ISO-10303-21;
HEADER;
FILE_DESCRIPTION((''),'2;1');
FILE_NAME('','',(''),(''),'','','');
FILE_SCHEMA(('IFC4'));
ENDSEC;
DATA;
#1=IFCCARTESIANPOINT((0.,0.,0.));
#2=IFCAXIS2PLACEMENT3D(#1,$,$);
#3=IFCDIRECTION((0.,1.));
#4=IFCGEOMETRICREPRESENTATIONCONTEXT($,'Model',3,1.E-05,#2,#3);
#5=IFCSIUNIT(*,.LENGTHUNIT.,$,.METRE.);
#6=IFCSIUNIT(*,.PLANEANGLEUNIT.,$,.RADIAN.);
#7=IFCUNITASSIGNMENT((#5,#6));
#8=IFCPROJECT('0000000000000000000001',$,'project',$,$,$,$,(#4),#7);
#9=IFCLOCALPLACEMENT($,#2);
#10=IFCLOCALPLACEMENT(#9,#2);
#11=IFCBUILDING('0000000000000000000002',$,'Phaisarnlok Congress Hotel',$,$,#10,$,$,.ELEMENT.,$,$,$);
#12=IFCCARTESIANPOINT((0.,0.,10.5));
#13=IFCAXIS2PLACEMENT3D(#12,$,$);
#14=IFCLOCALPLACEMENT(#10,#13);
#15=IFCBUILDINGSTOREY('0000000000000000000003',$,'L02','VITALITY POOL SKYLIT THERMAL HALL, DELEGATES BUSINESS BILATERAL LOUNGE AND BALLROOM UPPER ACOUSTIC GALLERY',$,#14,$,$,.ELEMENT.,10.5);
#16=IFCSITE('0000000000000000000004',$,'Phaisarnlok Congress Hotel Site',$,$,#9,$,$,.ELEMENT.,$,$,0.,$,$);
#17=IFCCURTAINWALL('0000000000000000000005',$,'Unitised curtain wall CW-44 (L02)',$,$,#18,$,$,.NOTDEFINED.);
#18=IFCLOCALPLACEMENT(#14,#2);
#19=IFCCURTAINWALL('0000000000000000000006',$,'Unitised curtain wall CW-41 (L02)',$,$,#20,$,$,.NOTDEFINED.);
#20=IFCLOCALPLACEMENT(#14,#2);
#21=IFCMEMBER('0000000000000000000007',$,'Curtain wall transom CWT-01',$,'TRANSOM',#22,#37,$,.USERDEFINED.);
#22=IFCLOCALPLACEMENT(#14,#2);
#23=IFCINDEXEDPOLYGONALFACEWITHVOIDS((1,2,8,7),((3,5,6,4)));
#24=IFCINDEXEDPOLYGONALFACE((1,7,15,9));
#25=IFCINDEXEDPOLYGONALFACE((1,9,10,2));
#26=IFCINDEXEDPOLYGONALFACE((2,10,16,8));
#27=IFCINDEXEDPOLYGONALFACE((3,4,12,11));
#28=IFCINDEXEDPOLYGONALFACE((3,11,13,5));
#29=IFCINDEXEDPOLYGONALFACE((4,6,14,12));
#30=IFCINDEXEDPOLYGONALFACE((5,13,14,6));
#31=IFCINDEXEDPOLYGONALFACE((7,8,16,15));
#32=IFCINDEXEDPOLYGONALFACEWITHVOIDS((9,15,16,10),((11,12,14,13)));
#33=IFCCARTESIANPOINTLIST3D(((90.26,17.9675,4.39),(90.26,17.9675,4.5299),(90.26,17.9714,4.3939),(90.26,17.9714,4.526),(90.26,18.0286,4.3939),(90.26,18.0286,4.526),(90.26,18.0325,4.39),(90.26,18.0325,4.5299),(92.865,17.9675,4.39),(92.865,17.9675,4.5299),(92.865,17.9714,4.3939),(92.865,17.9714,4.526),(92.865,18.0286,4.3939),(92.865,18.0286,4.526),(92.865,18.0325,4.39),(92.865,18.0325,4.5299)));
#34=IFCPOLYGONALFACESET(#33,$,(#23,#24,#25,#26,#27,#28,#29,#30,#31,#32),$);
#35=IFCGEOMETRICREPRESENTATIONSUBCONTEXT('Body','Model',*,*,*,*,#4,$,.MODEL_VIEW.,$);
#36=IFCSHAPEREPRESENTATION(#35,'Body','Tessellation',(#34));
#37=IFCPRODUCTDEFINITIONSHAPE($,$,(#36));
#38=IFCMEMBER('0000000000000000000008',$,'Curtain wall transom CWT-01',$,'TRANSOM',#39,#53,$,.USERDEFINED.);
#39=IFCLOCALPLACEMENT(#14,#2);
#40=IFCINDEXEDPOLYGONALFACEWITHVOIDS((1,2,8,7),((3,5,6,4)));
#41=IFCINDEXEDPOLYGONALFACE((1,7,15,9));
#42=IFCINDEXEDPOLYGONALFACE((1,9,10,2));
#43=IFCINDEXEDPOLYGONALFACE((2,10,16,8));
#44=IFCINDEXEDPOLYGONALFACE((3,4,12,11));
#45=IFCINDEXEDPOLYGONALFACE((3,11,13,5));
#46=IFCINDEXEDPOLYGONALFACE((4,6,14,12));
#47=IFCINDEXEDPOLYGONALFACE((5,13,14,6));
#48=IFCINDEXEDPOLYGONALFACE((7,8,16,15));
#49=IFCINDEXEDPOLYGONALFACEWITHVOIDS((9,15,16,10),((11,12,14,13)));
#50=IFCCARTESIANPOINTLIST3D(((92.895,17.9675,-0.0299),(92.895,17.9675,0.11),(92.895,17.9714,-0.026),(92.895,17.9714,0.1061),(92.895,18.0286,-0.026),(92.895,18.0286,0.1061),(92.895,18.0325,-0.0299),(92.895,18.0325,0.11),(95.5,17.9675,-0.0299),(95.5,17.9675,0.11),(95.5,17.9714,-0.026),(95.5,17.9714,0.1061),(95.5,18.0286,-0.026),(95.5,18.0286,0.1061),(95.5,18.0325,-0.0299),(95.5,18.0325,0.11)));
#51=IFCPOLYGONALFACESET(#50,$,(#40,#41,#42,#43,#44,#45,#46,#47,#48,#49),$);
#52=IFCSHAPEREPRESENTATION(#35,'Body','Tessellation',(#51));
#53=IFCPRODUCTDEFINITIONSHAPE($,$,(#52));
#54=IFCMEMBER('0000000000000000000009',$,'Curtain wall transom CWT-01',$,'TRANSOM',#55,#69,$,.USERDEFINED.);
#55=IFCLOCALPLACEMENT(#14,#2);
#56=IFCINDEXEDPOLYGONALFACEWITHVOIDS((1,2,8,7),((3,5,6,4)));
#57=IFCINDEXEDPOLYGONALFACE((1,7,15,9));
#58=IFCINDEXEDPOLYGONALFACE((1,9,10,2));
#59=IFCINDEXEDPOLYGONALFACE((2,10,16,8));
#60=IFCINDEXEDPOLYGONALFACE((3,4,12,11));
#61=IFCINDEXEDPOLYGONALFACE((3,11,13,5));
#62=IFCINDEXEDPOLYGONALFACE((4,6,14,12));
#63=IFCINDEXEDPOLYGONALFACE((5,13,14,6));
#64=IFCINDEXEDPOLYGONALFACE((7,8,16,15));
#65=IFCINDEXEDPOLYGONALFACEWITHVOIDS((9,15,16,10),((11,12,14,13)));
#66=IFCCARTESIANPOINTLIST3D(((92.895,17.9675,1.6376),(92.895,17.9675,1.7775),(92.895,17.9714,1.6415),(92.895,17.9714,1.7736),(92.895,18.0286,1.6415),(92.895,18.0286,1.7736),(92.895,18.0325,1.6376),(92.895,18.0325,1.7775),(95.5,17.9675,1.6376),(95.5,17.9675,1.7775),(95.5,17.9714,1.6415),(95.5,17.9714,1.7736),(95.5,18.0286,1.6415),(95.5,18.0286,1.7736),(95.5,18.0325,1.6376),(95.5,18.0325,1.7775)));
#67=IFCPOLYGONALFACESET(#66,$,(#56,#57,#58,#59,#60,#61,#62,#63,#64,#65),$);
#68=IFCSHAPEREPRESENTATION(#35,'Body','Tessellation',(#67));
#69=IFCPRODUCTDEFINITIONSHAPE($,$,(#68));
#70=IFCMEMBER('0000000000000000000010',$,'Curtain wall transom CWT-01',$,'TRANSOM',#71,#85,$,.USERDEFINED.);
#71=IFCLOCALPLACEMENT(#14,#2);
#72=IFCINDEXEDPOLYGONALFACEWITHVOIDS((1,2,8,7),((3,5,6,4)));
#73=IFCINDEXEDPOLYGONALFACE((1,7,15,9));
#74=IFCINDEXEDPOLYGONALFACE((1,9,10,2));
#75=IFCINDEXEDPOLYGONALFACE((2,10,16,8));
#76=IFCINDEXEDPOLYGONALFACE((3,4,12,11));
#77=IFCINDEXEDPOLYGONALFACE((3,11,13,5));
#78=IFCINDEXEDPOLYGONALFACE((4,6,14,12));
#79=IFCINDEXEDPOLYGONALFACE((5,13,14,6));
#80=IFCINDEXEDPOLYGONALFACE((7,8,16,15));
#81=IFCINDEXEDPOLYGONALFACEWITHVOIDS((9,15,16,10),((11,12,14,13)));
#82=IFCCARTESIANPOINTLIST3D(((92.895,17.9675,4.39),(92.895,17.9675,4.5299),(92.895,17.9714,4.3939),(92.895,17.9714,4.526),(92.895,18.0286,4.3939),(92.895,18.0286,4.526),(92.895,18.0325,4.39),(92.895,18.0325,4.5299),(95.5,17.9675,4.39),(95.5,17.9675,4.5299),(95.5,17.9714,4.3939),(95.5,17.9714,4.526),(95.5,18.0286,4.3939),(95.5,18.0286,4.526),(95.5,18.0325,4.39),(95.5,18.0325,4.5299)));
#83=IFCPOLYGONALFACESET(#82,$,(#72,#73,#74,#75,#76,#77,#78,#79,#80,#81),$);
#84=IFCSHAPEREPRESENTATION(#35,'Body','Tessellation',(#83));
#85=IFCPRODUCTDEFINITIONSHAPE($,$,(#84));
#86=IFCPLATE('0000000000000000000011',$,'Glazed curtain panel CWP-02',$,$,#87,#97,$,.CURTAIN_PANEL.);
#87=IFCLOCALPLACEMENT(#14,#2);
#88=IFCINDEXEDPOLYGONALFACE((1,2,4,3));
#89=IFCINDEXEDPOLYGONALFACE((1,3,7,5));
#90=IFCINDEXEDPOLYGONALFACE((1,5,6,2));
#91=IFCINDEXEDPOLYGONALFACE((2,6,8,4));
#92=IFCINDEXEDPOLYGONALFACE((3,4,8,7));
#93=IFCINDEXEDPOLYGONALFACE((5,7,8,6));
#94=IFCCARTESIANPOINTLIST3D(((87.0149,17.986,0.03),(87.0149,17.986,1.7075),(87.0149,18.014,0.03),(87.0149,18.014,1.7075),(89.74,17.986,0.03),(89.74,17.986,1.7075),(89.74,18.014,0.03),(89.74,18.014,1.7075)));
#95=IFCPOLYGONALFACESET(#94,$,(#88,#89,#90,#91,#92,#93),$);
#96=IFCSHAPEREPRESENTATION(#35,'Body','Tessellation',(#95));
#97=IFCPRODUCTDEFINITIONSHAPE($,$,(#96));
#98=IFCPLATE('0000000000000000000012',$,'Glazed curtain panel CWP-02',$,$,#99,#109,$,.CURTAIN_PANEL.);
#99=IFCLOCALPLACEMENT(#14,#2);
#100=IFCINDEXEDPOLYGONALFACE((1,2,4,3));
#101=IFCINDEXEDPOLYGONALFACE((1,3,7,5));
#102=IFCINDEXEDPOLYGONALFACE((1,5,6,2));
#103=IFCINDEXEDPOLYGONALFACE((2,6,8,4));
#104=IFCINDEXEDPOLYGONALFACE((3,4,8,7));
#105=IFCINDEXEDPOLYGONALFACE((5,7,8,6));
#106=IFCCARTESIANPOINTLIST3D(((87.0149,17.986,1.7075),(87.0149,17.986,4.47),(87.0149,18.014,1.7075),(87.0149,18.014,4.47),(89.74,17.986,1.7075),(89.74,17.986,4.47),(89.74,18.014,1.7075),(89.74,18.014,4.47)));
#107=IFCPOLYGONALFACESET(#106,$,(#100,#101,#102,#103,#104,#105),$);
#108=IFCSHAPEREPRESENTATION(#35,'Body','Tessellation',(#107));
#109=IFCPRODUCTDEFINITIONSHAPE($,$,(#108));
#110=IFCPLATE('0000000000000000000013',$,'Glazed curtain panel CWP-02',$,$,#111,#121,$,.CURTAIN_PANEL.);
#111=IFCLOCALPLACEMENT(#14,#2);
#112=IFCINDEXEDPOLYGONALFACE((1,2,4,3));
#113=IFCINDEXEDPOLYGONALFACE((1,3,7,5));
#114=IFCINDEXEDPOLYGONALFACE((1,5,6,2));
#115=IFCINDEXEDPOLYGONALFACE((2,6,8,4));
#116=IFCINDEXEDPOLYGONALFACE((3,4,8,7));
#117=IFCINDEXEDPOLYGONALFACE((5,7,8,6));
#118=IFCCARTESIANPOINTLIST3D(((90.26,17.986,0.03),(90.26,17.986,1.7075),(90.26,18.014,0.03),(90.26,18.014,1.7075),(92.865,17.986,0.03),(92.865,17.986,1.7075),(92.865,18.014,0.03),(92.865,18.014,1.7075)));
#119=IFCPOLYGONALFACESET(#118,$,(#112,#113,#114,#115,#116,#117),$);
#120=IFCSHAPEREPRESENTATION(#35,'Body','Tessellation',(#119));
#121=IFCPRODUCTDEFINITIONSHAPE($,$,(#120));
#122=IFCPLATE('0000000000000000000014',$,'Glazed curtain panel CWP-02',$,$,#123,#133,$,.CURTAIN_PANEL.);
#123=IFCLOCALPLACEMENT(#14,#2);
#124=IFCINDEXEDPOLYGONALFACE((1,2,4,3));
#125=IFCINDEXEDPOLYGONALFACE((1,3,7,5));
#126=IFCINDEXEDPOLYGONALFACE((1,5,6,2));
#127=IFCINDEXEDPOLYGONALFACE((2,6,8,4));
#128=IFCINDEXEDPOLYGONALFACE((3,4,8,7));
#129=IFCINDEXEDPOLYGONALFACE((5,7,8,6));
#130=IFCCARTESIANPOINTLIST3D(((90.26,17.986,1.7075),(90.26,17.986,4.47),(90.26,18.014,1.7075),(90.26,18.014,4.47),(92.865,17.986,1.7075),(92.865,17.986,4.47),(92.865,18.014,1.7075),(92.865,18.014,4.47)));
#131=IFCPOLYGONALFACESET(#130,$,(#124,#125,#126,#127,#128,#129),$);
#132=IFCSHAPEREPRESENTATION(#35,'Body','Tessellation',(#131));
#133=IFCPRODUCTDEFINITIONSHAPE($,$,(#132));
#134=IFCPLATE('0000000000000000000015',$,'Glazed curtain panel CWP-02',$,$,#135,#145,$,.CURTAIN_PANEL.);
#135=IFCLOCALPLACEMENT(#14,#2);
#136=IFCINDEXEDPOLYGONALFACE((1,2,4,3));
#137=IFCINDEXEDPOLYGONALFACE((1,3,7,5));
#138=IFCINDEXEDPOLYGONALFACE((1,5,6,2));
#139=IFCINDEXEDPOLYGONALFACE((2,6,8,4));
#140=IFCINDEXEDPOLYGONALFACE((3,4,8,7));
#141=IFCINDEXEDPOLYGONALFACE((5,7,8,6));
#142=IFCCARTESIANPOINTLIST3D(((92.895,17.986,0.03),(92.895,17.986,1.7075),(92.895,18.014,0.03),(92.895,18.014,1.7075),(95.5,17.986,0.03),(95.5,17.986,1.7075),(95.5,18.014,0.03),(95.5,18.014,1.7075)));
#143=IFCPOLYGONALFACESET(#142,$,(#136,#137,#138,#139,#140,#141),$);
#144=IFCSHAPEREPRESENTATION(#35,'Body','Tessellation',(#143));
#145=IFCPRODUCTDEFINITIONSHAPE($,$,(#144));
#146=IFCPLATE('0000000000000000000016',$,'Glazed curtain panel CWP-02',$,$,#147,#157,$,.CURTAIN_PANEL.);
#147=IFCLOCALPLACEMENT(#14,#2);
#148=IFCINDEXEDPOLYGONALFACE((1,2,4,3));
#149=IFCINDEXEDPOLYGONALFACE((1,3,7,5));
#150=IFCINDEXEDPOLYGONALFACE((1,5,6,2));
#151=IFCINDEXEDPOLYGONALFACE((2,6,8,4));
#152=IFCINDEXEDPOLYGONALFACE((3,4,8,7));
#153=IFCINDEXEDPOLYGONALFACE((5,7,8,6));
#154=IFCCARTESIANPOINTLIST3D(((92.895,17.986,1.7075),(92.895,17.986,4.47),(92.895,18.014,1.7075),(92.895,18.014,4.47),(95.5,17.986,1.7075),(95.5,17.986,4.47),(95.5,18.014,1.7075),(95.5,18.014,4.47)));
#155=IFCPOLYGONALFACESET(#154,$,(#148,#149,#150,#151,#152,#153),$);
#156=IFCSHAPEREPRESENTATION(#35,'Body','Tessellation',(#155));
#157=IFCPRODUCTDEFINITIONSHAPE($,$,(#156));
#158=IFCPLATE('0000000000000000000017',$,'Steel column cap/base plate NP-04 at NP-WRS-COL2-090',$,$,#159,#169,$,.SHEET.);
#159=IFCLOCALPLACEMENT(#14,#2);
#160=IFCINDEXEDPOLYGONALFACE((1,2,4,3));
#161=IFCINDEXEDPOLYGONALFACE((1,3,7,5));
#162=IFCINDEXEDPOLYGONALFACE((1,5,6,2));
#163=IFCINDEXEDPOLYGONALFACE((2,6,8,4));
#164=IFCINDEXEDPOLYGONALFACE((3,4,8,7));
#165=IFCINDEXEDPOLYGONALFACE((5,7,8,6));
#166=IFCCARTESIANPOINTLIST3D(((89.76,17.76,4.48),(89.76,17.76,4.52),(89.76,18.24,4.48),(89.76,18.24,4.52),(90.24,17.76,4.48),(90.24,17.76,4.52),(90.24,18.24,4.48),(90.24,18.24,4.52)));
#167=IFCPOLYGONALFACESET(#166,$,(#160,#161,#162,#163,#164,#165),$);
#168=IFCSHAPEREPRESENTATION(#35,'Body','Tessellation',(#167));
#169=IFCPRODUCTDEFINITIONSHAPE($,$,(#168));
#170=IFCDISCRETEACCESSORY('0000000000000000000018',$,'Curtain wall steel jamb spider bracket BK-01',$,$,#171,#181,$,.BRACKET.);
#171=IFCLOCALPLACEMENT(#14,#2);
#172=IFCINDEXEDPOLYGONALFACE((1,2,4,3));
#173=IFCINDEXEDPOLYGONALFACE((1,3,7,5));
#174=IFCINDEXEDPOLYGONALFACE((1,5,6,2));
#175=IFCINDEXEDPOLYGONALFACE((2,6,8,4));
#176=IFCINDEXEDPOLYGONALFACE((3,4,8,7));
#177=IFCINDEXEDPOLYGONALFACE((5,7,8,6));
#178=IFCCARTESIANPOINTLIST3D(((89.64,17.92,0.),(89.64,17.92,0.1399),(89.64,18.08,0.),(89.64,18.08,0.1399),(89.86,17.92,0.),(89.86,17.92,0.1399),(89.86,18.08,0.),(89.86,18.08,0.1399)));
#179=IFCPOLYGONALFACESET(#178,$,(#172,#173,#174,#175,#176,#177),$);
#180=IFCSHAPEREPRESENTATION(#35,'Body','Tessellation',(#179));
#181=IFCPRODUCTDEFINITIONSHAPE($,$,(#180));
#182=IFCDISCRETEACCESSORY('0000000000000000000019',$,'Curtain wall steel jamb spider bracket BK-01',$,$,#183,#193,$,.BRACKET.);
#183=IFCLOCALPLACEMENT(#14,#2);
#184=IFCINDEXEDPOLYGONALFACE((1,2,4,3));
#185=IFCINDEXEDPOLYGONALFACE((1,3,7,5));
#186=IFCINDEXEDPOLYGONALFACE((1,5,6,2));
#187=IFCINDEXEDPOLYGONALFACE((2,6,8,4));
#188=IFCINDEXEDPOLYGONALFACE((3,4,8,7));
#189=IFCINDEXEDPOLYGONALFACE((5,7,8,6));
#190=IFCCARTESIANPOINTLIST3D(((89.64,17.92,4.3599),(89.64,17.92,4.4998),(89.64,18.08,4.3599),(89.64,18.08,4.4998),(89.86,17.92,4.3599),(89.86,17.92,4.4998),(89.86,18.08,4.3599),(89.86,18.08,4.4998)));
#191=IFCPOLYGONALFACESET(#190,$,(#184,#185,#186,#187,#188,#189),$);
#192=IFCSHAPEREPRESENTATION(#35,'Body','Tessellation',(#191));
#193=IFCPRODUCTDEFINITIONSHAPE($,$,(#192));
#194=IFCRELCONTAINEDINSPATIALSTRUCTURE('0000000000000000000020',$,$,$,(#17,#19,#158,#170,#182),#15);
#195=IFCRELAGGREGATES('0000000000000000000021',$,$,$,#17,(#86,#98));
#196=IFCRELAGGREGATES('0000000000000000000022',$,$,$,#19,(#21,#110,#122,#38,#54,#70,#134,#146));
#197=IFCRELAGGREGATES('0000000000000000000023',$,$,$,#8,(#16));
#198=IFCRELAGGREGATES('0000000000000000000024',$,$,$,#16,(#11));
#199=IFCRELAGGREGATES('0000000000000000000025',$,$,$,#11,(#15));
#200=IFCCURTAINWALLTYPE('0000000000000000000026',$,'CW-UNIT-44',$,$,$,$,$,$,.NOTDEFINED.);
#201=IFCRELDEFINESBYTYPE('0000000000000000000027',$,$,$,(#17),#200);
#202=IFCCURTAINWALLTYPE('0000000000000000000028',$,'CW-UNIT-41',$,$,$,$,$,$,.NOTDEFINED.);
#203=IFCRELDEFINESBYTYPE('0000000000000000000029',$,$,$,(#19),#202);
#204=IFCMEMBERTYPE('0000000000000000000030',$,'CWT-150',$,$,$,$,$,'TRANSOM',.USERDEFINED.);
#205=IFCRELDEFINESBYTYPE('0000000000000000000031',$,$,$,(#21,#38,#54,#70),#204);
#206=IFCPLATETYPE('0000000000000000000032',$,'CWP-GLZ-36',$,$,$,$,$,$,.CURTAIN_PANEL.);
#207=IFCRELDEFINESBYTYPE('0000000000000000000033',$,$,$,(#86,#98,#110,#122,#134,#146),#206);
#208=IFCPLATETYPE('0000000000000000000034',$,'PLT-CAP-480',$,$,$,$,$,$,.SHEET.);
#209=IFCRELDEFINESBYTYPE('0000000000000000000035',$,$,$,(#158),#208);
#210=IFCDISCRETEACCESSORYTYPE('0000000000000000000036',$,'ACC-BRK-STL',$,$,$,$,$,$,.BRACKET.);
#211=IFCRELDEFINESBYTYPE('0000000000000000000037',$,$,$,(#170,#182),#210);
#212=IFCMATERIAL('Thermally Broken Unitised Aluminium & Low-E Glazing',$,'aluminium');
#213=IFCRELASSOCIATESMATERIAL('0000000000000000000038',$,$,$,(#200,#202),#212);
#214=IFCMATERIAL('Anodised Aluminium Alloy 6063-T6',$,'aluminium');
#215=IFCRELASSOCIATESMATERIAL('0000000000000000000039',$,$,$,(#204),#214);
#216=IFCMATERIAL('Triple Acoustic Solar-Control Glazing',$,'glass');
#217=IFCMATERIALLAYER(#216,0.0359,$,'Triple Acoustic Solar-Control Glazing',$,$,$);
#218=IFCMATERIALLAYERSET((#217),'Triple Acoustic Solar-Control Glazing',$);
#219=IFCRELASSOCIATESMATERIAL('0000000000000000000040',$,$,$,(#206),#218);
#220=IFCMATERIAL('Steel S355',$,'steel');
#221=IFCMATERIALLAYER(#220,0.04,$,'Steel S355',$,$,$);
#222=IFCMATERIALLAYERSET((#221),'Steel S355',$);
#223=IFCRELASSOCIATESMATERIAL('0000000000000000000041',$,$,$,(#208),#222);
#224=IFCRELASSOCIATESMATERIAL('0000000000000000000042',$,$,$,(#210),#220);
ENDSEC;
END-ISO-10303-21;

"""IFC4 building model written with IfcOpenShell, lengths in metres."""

from ifc_helpers import new_model, si_unit, direction, frame, frame_2d, origin, origin_2d, place, context, subcontext, project, spatial, rectangle, hollow_rectangle, extrude, material, layer, layer_set, material_profile, profile_set, type_object, element, aggregate, save


model = new_model("IFC4")

# Units and contexts
model_context = context("Model", 3, precision=1e-05, world=origin(), true_north=direction((0.0, 1.0)))
body_context = subcontext(model_context, "Body", "Model", "MODEL_VIEW")
ifc_project = project(units=[si_unit("LENGTHUNIT", "METRE"), si_unit("PLANEANGLEUNIT", "RADIAN")], contexts=[model_context])

# Site, building, storey
site_placement = place(None, origin())
site = spatial("IfcSite", under=ifc_project, at=site_placement, Name="Phaisarnlok Congress Hotel Site", CompositionType="ELEMENT", RefElevation=0.0)
building_placement = place(site_placement, origin())
building = spatial("IfcBuilding", under=site, at=building_placement, Name="Phaisarnlok Congress Hotel", CompositionType="ELEMENT")
storey_placement = place(building_placement, frame((0.0, 0.0, 10.5)))
storey = spatial("IfcBuildingStorey", under=building, at=storey_placement, Name="L02", Description="VITALITY POOL SKYLIT THERMAL HALL, DELEGATES BUSINESS BILATERAL LOUNGE AND BALLROOM UPPER ACOUSTIC GALLERY", CompositionType="ELEMENT", Elevation=10.5)

# Shared definitions
ifc_material_1 = material(Name="Steel S355", Category="steel")

# Curtain wall
ifc_material_2 = material(Name="Thermally Broken Unitised Aluminium & Low-E Glazing", Category="aluminium")
curtain_wall_type_1 = type_object("IfcCurtainWallType", Name="CW-UNIT-44", PredefinedType="NOTDEFINED", material=ifc_material_2)
curtain_wall_1_placement = place(storey_placement, origin())
curtain_wall_1 = element("IfcCurtainWall", 1, at=curtain_wall_1_placement, inside=storey, type_object=curtain_wall_type_1, Name="Unitised curtain wall CW-44 (L02)", PredefinedType="NOTDEFINED")
ifc_material_3 = material(Name="Anodised Aluminium Alloy 6063-T6", Category="aluminium")

# Curtain wall
curtain_wall_type_2 = type_object("IfcCurtainWallType", Name="CW-UNIT-41", PredefinedType="NOTDEFINED", material=ifc_material_2)
curtain_wall_2_placement = place(storey_placement, origin())
curtain_wall_2 = element("IfcCurtainWall", 2, at=curtain_wall_2_placement, inside=storey, type_object=curtain_wall_type_2, Name="Unitised curtain wall CW-41 (L02)", PredefinedType="NOTDEFINED")

# Members
ifc_material_profile_1 = material_profile(ifc_material_3, hollow_rectangle(XDim=0.0649, YDim=0.1399, WallThickness=0.0039, at=origin_2d()), Name="ALU-T 65x140x4")
ifc_profile_set_1 = profile_set([ifc_material_profile_1], Name="Anodised Aluminium Alloy 6063-T6")
member_type_1 = type_object("IfcMemberType", Name="CWT-150", ElementType="TRANSOM", PredefinedType="USERDEFINED", material=ifc_profile_set_1)
member_1_placement = place(storey_placement, frame((90.26, 18.0, 4.46), z_axis=(1.0, 0.0, 0.0), x_axis=(0.0, 1.0, 0.0)))
member_1 = element("IfcMember", 3, at=member_1_placement, type_object=member_type_1, Name="Curtain wall transom CWT-01", ObjectType="TRANSOM", PredefinedType="USERDEFINED", context=body_context, shape_type="SweptSolid", body=[
    extrude(hollow_rectangle(XDim=0.0649, YDim=0.1399, WallThickness=0.0039, at=origin_2d()), origin(), (0.0, 0.0, 1.0), 2.605),
])
member_2_placement = place(storey_placement, frame((92.895, 18.0, 0.04), z_axis=(1.0, 0.0, 0.0), x_axis=(0.0, 1.0, 0.0)))
member_2 = element("IfcMember", 4, at=member_2_placement, type_object=member_type_1, Name="Curtain wall transom CWT-01", ObjectType="TRANSOM", PredefinedType="USERDEFINED", context=body_context, shape_type="SweptSolid", body=[
    extrude(hollow_rectangle(XDim=0.0649, YDim=0.1399, WallThickness=0.0039, at=origin_2d()), origin(), (0.0, 0.0, 1.0), 2.605),
])
member_3_placement = place(storey_placement, frame((92.895, 18.0, 1.7075), z_axis=(1.0, 0.0, 0.0), x_axis=(0.0, 1.0, 0.0)))
member_3 = element("IfcMember", 5, at=member_3_placement, type_object=member_type_1, Name="Curtain wall transom CWT-01", ObjectType="TRANSOM", PredefinedType="USERDEFINED", context=body_context, shape_type="SweptSolid", body=[
    extrude(hollow_rectangle(XDim=0.0649, YDim=0.1399, WallThickness=0.0039, at=origin_2d()), origin(), (0.0, 0.0, 1.0), 2.605),
])
member_4_placement = place(storey_placement, frame((92.895, 18.0, 4.46), z_axis=(1.0, 0.0, 0.0), x_axis=(0.0, 1.0, 0.0)))
member_4 = element("IfcMember", 6, at=member_4_placement, type_object=member_type_1, Name="Curtain wall transom CWT-01", ObjectType="TRANSOM", PredefinedType="USERDEFINED", context=body_context, shape_type="SweptSolid", body=[
    extrude(hollow_rectangle(XDim=0.0649, YDim=0.1399, WallThickness=0.0039, at=origin_2d()), origin(), (0.0, 0.0, 1.0), 2.605),
])

# Plates
ifc_material_4 = material(Name="Triple Acoustic Solar-Control Glazing", Category="glass")
ifc_layer_1 = layer(ifc_material_4, 0.0359, Name="Triple Acoustic Solar-Control Glazing")
ifc_layer_set_1 = layer_set([ifc_layer_1], Name="Triple Acoustic Solar-Control Glazing")
plate_type_1 = type_object("IfcPlateType", Name="CWP-GLZ-36", PredefinedType="CURTAIN_PANEL", material=ifc_layer_set_1)
plate_1_placement = place(storey_placement, frame((87.0149, 18.0, 0.03), z_axis=(0.0, 0.0, 1.0), x_axis=(1.0, 0.0, 0.0)))
plate_1 = element("IfcPlate", 7, at=plate_1_placement, type_object=plate_type_1, Name="Glazed curtain panel CWP-02", PredefinedType="CURTAIN_PANEL", context=body_context, shape_type="SweptSolid", body=[
    extrude(rectangle(XDim=2.7251, YDim=0.0281, at=frame_2d((1.3625, 0.0))), origin(), (0.0, 0.0, 1.0), 1.6775),
])
plate_2_placement = place(storey_placement, frame((87.0149, 18.0, 1.7075), z_axis=(0.0, 0.0, 1.0), x_axis=(1.0, 0.0, 0.0)))
plate_2 = element("IfcPlate", 8, at=plate_2_placement, type_object=plate_type_1, Name="Glazed curtain panel CWP-02", PredefinedType="CURTAIN_PANEL", context=body_context, shape_type="SweptSolid", body=[
    extrude(rectangle(XDim=2.7251, YDim=0.0281, at=frame_2d((1.3625, 0.0))), origin(), (0.0, 0.0, 1.0), 2.7625),
])
aggregate(curtain_wall_1, [plate_1, plate_2])
plate_3_placement = place(storey_placement, frame((90.26, 18.0, 0.03), z_axis=(0.0, 0.0, 1.0), x_axis=(1.0, 0.0, 0.0)))
plate_3 = element("IfcPlate", 9, at=plate_3_placement, type_object=plate_type_1, Name="Glazed curtain panel CWP-02", PredefinedType="CURTAIN_PANEL", context=body_context, shape_type="SweptSolid", body=[
    extrude(rectangle(XDim=2.605, YDim=0.0281, at=frame_2d((1.3025, 0.0))), origin(), (0.0, 0.0, 1.0), 1.6775),
])
plate_4_placement = place(storey_placement, frame((90.26, 18.0, 1.7075), z_axis=(0.0, 0.0, 1.0), x_axis=(1.0, 0.0, 0.0)))
plate_4 = element("IfcPlate", 10, at=plate_4_placement, type_object=plate_type_1, Name="Glazed curtain panel CWP-02", PredefinedType="CURTAIN_PANEL", context=body_context, shape_type="SweptSolid", body=[
    extrude(rectangle(XDim=2.605, YDim=0.0281, at=frame_2d((1.3025, 0.0))), origin(), (0.0, 0.0, 1.0), 2.7625),
])
plate_5_placement = place(storey_placement, frame((92.895, 18.0, 0.03), z_axis=(0.0, 0.0, 1.0), x_axis=(1.0, 0.0, 0.0)))
plate_5 = element("IfcPlate", 11, at=plate_5_placement, type_object=plate_type_1, Name="Glazed curtain panel CWP-02", PredefinedType="CURTAIN_PANEL", context=body_context, shape_type="SweptSolid", body=[
    extrude(rectangle(XDim=2.605, YDim=0.0281, at=frame_2d((1.3025, 0.0))), origin(), (0.0, 0.0, 1.0), 1.6775),
])
plate_6_placement = place(storey_placement, frame((92.895, 18.0, 1.7075), z_axis=(0.0, 0.0, 1.0), x_axis=(1.0, 0.0, 0.0)))
plate_6 = element("IfcPlate", 12, at=plate_6_placement, type_object=plate_type_1, Name="Glazed curtain panel CWP-02", PredefinedType="CURTAIN_PANEL", context=body_context, shape_type="SweptSolid", body=[
    extrude(rectangle(XDim=2.605, YDim=0.0281, at=frame_2d((1.3025, 0.0))), origin(), (0.0, 0.0, 1.0), 2.7625),
])
aggregate(curtain_wall_2, [member_1, plate_3, plate_4, member_2, member_3, member_4, plate_5, plate_6])
ifc_layer_2 = layer(ifc_material_1, 0.04, Name="Steel S355")
ifc_layer_set_2 = layer_set([ifc_layer_2], Name="Steel S355")
plate_type_2 = type_object("IfcPlateType", Name="PLT-CAP-480", PredefinedType="SHEET", material=ifc_layer_set_2)
plate_7_placement = place(storey_placement, frame((90.0, 18.0, 4.48), z_axis=(0.0, 0.0, 1.0), x_axis=(1.0, 0.0, 0.0)))
element("IfcPlate", 13, at=plate_7_placement, inside=storey, type_object=plate_type_2, Name="Steel column cap/base plate NP-04 at NP-WRS-COL2-090", PredefinedType="SHEET", context=body_context, shape_type="SweptSolid", body=[
    extrude(rectangle(XDim=0.48, YDim=0.48, at=origin_2d()), origin(), (0.0, 0.0, 1.0), 0.04),
])

# Discrete accessories
discrete_accessory_type = type_object("IfcDiscreteAccessoryType", Name="ACC-BRK-STL", PredefinedType="BRACKET", material=ifc_material_1)
for number, where, z_axis, x_axis, name in (
    (14, (89.75, 18.0, 0.0), (0.0, 0.0, 1.0), (1.0, 0.0, 0.0), "Curtain wall steel jamb spider bracket BK-01"),
    (15, (89.75, 18.0, 4.3599), (0.0, 0.0, 1.0), (1.0, 0.0, 0.0), "Curtain wall steel jamb spider bracket BK-01"),
):
    element("IfcDiscreteAccessory", number, at=place(storey_placement, frame(where, z_axis=z_axis, x_axis=x_axis)), inside=storey, type_object=discrete_accessory_type, Name=name, PredefinedType="BRACKET", context=body_context, shape_type="SweptSolid", body=[
        extrude(rectangle(XDim=0.22, YDim=0.1599, at=origin_2d()), origin(), (0.0, 0.0, 1.0), 0.1399),
    ])

save(model, "model.ifc")
